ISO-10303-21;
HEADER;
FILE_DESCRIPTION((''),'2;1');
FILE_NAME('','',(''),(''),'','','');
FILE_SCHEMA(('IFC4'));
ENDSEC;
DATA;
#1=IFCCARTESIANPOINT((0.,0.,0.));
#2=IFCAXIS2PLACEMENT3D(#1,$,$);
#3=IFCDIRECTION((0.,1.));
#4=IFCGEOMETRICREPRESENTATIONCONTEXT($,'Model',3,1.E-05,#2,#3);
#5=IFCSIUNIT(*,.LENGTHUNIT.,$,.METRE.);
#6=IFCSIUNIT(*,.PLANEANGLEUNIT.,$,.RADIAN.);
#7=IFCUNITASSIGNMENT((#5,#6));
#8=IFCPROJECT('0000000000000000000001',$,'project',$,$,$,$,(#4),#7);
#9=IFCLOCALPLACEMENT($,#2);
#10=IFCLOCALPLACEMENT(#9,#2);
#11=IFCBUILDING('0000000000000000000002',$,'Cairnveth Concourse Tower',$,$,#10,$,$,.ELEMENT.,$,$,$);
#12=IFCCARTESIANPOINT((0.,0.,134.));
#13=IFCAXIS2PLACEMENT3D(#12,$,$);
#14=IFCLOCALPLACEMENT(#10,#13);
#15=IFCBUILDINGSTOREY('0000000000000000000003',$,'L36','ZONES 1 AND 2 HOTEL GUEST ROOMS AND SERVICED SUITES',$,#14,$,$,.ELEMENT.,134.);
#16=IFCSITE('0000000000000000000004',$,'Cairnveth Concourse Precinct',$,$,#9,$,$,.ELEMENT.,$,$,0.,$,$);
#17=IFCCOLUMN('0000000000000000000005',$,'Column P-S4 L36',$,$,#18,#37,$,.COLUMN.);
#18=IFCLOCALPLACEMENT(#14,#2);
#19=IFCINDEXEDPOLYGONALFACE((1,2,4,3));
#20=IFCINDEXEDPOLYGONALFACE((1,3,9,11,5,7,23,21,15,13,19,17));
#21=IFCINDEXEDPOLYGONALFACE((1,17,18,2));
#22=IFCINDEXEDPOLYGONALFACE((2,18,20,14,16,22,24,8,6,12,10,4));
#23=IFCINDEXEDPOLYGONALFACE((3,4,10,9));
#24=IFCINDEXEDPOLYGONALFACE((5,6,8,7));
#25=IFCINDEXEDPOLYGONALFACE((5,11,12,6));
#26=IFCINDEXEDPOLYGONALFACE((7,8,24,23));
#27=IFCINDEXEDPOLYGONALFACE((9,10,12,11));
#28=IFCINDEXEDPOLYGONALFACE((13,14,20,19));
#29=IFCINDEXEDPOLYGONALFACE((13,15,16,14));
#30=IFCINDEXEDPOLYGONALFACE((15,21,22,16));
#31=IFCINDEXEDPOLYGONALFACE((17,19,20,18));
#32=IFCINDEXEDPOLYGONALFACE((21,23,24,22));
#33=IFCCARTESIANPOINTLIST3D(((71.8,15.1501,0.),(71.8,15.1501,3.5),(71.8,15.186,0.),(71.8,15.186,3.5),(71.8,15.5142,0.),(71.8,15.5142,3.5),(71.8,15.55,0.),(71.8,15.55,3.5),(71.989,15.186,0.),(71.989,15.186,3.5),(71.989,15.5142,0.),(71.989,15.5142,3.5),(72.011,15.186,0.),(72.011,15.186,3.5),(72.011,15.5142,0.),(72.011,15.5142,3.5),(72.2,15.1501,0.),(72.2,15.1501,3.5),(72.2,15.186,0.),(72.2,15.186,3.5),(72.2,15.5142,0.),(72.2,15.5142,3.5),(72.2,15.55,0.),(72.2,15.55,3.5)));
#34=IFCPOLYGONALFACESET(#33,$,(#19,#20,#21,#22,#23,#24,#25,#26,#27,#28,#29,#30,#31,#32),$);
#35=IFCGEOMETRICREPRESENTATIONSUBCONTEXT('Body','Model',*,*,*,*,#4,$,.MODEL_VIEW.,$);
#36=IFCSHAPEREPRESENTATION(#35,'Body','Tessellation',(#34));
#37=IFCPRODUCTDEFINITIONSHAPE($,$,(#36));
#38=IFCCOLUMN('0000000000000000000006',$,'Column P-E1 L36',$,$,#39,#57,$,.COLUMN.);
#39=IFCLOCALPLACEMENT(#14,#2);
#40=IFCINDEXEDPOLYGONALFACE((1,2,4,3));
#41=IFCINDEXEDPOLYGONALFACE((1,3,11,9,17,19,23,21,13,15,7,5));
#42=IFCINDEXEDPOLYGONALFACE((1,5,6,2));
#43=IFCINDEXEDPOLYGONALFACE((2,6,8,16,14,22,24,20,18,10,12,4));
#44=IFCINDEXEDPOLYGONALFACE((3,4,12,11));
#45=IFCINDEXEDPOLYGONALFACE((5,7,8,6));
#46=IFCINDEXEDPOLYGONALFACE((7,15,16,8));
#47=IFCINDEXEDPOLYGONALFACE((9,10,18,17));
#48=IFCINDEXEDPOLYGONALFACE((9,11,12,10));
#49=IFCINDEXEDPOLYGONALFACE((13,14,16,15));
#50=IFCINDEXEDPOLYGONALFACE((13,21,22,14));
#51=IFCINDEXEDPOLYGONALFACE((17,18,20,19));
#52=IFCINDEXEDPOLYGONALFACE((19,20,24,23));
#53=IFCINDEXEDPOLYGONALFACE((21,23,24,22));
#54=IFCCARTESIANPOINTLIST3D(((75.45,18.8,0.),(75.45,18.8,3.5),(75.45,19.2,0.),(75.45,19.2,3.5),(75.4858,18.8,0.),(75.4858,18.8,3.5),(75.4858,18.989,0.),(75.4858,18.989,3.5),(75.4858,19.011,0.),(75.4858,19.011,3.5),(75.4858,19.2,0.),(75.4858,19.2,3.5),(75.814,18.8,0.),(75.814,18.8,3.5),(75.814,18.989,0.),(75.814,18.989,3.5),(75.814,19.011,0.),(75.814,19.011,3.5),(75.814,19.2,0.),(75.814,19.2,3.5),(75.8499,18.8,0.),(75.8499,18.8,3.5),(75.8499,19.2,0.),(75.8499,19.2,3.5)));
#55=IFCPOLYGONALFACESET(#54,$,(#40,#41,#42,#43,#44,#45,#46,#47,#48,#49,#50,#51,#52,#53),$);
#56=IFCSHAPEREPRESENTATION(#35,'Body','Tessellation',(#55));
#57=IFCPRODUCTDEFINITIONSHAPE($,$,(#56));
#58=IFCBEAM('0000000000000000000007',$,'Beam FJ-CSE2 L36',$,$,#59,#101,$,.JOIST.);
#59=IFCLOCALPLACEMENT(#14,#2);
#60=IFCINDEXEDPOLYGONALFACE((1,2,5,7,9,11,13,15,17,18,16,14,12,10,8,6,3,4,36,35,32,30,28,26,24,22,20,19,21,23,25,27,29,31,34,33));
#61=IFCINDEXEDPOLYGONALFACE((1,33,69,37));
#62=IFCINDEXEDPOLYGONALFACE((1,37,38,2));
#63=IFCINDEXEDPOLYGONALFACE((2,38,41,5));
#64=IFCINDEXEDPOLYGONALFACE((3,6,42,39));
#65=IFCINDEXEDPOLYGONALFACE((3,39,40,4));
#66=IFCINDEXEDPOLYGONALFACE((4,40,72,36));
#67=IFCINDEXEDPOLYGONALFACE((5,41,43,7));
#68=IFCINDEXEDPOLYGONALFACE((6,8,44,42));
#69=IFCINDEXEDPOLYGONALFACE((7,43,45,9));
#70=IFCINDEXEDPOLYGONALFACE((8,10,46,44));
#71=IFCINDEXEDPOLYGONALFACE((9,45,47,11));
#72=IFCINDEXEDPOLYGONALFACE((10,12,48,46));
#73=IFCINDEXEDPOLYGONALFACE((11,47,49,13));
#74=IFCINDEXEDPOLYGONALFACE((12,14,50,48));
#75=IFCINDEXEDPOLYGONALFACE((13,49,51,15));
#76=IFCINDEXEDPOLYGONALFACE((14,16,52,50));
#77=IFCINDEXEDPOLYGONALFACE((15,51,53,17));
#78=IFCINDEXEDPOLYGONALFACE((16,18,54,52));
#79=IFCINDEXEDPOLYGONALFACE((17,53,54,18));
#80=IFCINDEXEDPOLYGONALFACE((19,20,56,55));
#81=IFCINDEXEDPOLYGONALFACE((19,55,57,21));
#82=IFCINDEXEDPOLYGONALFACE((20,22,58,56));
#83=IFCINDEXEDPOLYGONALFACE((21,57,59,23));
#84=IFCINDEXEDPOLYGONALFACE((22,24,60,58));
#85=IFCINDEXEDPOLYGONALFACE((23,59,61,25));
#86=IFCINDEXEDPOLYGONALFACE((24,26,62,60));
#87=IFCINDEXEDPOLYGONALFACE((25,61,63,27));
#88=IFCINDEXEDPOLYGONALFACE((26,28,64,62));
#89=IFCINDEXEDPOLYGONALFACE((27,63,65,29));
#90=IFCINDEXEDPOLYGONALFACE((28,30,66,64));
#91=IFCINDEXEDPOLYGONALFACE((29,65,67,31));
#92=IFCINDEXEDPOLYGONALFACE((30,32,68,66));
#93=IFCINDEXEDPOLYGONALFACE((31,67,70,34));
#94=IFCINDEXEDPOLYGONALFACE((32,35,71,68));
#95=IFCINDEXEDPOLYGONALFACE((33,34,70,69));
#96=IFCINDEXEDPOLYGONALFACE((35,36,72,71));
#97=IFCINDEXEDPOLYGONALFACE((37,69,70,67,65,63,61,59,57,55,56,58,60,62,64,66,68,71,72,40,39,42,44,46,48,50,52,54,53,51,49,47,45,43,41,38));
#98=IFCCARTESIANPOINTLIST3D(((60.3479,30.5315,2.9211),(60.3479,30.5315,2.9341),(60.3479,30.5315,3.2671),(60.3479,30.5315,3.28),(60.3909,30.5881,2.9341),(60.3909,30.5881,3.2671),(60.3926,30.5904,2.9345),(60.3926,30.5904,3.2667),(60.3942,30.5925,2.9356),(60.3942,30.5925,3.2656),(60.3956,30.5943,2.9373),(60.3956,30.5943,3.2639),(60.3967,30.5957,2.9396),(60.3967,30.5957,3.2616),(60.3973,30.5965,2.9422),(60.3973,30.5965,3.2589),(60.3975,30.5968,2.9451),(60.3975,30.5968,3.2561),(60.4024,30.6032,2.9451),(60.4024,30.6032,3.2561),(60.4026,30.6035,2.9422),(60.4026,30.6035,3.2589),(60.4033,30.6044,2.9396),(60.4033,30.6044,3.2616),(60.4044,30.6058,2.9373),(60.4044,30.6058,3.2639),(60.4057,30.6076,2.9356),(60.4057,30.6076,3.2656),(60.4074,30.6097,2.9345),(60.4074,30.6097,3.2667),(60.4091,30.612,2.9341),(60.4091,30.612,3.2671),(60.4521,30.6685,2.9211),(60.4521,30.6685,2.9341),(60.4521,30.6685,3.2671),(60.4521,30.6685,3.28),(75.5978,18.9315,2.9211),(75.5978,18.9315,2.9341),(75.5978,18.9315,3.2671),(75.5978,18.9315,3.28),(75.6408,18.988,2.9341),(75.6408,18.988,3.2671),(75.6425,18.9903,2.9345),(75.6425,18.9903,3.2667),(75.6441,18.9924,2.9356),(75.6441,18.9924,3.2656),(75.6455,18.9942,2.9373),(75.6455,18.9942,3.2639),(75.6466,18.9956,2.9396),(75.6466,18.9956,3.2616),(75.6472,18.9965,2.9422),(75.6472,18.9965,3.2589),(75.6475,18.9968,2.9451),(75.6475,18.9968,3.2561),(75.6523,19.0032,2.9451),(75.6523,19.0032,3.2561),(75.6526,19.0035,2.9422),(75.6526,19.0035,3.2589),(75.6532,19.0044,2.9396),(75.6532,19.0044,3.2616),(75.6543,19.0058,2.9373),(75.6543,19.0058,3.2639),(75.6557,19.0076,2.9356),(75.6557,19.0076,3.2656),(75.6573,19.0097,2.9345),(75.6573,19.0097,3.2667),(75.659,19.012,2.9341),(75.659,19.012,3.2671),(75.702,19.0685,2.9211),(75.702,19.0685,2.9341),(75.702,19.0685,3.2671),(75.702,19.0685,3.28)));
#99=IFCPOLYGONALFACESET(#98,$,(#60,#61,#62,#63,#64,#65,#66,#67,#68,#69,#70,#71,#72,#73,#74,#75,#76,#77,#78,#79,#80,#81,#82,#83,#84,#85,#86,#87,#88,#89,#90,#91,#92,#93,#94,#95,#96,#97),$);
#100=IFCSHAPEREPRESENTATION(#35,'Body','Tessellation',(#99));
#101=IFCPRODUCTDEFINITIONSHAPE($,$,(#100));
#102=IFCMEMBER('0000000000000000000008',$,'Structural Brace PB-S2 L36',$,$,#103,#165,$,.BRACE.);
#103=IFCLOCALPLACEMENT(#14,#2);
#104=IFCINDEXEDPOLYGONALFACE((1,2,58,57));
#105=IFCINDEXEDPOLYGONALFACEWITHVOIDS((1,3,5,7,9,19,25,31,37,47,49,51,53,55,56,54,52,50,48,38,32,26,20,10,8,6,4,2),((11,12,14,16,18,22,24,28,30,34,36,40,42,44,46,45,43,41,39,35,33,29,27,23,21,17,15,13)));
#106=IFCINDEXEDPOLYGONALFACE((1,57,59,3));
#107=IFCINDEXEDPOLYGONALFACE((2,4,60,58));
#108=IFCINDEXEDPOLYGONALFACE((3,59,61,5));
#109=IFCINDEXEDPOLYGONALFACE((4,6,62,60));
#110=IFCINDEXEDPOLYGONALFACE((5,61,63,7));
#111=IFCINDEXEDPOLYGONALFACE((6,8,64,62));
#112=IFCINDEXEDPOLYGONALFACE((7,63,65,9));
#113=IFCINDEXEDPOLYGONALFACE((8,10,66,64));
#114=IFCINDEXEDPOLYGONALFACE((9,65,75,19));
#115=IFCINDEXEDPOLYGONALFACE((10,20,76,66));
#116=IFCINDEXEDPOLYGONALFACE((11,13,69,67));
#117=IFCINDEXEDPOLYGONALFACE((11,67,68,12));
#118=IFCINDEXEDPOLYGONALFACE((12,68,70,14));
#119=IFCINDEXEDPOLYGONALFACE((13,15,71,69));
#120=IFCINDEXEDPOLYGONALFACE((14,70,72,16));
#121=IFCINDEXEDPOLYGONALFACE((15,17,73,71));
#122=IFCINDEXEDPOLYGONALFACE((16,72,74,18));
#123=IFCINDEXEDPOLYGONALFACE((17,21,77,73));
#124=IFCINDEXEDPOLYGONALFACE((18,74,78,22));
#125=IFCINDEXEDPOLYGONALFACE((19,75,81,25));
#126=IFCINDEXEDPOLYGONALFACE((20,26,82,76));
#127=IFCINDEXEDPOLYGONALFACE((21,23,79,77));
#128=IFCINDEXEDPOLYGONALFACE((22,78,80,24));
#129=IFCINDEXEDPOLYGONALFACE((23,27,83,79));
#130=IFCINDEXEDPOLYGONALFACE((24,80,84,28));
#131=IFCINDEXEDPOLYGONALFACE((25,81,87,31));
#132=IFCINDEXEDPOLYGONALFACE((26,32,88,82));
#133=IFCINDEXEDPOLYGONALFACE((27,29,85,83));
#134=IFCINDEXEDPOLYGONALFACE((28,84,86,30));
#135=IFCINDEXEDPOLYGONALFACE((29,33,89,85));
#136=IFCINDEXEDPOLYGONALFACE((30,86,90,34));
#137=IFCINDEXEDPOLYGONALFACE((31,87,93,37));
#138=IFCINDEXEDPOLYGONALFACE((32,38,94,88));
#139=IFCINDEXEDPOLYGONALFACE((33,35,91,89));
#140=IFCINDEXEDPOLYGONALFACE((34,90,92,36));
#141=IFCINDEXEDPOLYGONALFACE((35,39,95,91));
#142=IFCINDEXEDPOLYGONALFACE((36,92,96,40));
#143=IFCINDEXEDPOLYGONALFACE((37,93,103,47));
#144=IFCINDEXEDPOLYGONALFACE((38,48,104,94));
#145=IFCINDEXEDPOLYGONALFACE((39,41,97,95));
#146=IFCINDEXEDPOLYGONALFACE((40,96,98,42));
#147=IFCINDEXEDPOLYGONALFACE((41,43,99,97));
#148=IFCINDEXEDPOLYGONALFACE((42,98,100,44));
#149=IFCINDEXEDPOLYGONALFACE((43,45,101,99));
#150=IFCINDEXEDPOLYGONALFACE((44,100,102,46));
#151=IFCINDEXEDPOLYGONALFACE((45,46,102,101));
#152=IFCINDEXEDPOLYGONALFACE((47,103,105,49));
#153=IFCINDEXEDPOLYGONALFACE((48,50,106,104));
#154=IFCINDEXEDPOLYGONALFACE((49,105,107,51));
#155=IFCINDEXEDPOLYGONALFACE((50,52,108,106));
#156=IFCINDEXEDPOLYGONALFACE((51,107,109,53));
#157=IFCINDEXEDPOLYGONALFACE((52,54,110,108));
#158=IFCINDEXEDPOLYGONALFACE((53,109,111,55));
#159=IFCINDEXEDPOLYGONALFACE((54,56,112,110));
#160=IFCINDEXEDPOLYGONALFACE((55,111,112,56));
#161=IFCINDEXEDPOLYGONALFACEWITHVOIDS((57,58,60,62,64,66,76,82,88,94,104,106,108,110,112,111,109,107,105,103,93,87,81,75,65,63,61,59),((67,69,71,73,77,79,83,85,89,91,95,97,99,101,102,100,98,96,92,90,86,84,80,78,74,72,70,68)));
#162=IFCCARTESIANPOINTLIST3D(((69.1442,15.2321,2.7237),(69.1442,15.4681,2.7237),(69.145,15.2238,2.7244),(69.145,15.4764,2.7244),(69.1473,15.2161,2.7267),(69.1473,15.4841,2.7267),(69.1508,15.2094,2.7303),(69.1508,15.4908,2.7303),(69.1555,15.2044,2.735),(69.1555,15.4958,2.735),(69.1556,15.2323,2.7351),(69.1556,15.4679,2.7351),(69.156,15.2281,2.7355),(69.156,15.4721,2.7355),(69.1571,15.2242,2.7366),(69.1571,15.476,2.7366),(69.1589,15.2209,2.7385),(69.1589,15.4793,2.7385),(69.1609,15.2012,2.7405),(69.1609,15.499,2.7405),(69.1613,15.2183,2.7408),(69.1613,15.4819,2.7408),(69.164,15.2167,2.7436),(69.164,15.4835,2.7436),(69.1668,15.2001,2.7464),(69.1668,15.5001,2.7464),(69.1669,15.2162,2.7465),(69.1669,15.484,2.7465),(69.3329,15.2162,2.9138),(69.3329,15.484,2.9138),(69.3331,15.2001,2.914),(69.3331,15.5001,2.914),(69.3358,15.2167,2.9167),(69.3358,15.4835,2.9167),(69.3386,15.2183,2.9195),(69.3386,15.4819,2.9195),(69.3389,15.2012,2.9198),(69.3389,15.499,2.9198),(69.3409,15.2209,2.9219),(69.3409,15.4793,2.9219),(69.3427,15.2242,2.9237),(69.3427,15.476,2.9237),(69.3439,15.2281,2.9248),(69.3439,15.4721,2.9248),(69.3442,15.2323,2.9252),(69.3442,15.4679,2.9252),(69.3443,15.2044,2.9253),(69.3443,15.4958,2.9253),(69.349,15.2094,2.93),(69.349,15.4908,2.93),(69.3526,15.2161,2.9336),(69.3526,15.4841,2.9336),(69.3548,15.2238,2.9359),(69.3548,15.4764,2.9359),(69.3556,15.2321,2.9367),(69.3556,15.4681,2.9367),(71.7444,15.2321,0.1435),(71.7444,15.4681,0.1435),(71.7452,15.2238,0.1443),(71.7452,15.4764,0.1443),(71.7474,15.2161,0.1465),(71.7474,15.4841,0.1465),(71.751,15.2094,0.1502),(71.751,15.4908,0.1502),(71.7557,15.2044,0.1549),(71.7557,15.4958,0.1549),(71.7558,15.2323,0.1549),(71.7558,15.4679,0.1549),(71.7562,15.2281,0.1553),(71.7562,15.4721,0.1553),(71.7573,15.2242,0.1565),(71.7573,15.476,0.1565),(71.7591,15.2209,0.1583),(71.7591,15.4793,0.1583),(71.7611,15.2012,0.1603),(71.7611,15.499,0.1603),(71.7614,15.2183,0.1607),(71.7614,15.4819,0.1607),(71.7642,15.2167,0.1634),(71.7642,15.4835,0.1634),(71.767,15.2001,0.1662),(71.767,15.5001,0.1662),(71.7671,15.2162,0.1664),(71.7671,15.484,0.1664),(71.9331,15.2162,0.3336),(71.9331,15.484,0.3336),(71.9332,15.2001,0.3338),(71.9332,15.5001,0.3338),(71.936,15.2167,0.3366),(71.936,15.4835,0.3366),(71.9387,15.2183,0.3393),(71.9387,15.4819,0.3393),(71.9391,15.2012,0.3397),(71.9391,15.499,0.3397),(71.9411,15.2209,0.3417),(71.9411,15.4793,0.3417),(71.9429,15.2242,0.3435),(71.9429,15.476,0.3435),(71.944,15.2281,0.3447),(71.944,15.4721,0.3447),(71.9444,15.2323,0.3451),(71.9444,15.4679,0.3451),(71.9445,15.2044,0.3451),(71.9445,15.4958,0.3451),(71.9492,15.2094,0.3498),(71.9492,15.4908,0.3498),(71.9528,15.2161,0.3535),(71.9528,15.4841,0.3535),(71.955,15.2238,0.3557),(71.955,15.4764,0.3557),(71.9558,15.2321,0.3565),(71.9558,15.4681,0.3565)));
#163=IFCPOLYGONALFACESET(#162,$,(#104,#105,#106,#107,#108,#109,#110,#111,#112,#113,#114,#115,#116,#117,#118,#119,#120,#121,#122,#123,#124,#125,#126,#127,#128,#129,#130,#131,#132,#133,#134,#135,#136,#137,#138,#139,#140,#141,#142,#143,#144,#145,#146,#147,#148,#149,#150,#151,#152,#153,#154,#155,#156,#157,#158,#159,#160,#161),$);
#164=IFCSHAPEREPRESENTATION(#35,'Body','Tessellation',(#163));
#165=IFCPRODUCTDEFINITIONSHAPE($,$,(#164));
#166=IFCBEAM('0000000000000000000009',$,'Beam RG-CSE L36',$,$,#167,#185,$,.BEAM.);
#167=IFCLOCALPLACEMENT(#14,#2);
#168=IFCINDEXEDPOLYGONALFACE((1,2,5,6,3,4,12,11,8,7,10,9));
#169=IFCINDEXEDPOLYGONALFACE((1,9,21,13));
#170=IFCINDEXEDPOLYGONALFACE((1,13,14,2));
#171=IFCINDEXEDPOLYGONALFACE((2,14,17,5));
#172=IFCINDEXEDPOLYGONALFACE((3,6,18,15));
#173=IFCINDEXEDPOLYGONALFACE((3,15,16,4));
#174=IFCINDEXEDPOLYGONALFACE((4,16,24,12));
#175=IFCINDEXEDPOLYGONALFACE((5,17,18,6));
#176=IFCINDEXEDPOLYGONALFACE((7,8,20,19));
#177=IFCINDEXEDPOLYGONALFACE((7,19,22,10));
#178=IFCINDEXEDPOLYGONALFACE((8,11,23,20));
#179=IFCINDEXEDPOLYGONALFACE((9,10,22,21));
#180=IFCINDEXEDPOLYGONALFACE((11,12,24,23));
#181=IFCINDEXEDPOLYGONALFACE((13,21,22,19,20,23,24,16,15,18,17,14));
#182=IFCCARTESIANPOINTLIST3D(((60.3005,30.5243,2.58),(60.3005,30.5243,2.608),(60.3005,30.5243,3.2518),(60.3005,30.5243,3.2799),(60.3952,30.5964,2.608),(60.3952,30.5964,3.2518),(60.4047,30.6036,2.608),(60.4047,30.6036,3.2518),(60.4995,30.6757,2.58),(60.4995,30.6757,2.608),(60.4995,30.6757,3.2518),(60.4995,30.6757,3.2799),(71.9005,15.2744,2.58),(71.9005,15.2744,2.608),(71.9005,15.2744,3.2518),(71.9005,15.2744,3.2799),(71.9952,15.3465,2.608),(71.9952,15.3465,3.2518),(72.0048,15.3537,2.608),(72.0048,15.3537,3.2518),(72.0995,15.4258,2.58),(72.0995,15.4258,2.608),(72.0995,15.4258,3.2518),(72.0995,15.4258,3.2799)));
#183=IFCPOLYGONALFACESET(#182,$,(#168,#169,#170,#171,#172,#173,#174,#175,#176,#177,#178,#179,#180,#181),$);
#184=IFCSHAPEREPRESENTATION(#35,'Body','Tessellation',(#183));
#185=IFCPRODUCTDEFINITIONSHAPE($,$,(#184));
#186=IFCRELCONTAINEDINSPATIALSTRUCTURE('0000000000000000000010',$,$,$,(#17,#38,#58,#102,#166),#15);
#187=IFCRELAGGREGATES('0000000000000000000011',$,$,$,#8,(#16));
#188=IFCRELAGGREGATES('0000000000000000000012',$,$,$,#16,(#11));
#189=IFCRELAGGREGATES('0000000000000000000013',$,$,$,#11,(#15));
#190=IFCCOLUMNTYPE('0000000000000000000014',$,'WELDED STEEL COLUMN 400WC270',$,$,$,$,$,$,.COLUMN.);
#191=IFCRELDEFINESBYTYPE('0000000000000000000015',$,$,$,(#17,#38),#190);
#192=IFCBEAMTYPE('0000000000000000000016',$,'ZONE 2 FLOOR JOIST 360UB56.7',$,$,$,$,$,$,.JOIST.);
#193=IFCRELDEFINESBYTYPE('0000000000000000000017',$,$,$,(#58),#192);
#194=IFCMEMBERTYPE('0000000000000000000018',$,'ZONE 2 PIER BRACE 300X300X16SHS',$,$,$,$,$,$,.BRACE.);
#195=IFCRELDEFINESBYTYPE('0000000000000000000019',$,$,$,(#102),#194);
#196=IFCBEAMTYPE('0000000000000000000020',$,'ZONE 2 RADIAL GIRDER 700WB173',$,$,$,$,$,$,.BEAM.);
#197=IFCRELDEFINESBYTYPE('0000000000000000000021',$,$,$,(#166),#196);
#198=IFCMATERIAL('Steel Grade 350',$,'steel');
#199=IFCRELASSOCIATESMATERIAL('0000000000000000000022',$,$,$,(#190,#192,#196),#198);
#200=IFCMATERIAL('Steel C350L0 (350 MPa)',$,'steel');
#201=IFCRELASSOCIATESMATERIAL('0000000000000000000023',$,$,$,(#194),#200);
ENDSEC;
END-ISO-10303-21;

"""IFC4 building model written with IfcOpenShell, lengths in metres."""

from ifc_helpers import new_model, si_unit, direction, frame, origin, origin_2d, place, context, subcontext, project, spatial, hollow_rectangle, i_section, extrude, material, material_profile, profile_set, type_object, element, save


model = new_model("IFC4")

# Units and contexts
model_context = context("Model", 3, precision=1e-05, world=origin(), true_north=direction((0.0, 1.0)))
body_context = subcontext(model_context, "Body", "Model", "MODEL_VIEW")
ifc_project = project(units=[si_unit("LENGTHUNIT", "METRE"), si_unit("PLANEANGLEUNIT", "RADIAN")], contexts=[model_context])

# Site, building, storey
site_placement = place(None, origin())
site = spatial("IfcSite", under=ifc_project, at=site_placement, Name="Cairnveth Concourse Precinct", CompositionType="ELEMENT", RefElevation=0.0)
building_placement = place(site_placement, origin())
building = spatial("IfcBuilding", under=site, at=building_placement, Name="Cairnveth Concourse Tower", CompositionType="ELEMENT")
storey_placement = place(building_placement, frame((0.0, 0.0, 134.0)))
storey = spatial("IfcBuildingStorey", under=building, at=storey_placement, Name="L36", Description="ZONES 1 AND 2 HOTEL GUEST ROOMS AND SERVICED SUITES", CompositionType="ELEMENT", Elevation=134.0)

# Columns
ifc_material_1 = material(Name="Steel Grade 350", Category="steel")
ifc_material_profile_1 = material_profile(ifc_material_1, i_section(OverallWidth=0.3999, OverallDepth=0.3999, WebThickness=0.022, FlangeThickness=0.0359, at=origin_2d()), Name="400WC270")
ifc_profile_set_1 = profile_set([ifc_material_profile_1], Name="Steel Grade 350")
column_type = type_object("IfcColumnType", Name="WELDED STEEL COLUMN 400WC270", PredefinedType="COLUMN", material=ifc_profile_set_1)
for number, where, z_axis, x_axis, name in (
    (1, (72.0, 15.3501, 0.0), (0.0, 0.0, 1.0), (1.0, 0.0, 0.0), "Column P-S4 L36"),
    (2, (75.6499, 19.0, 0.0), (0.0, 0.0, 1.0), (0.0, 1.0, 0.0), "Column P-E1 L36"),
):
    element("IfcColumn", number, at=place(storey_placement, frame(where, z_axis=z_axis, x_axis=x_axis)), inside=storey, type_object=column_type, Name=name, PredefinedType="COLUMN", context=body_context, shape_type="SweptSolid", body=[
        extrude(i_section(OverallWidth=0.3999, OverallDepth=0.3999, WebThickness=0.022, FlangeThickness=0.0359, at=origin_2d()), origin(), (0.0, 0.0, 1.0), 3.5),
    ])

# Beam
ifc_material_profile_2 = material_profile(ifc_material_1, i_section(OverallWidth=0.1721, OverallDepth=0.3589, WebThickness=0.0081, FlangeThickness=0.0129, FilletRadius=0.011, at=origin_2d()), Name="360UB56.7")
ifc_profile_set_2 = profile_set([ifc_material_profile_2], Name="Steel Grade 350")
beam_type_1 = type_object("IfcBeamType", Name="ZONE 2 FLOOR JOIST 360UB56.7", PredefinedType="JOIST", material=ifc_profile_set_2)
beam_1_placement = place(storey_placement, frame((75.6499, 19.0, 3.1006), z_axis=(-0.795908, 0.605417, 0.0), x_axis=(-0.605417, -0.795908, 0.0)))
element("IfcBeam", 3, at=beam_1_placement, inside=storey, type_object=beam_type_1, Name="Beam FJ-CSE2 L36", PredefinedType="JOIST", context=body_context, shape_type="SweptSolid", body=[
    extrude(i_section(OverallWidth=0.1721, OverallDepth=0.3589, WebThickness=0.0081, FlangeThickness=0.0129, FilletRadius=0.011, at=origin_2d()), origin(), (0.0, 0.0, 1.0), 19.1604),
])

# Member
ifc_material_2 = material(Name="Steel C350L0 (350 MPa)", Category="steel")
ifc_material_profile_3 = material_profile(ifc_material_2, hollow_rectangle(XDim=0.3, YDim=0.3, WallThickness=0.0161, InnerFilletRadius=0.0161, OuterFilletRadius=0.032, at=origin_2d()), Name="300x300x16.0SHS")
ifc_profile_set_3 = profile_set([ifc_material_profile_3], Name="Steel C350L0 (350 MPa)")
member_type = type_object("IfcMemberType", Name="ZONE 2 PIER BRACE 300X300X16SHS", PredefinedType="BRACE", material=ifc_profile_set_3)
member_placement = place(storey_placement, frame((71.8501, 15.3501, 0.25), z_axis=(-0.709834, 0.0, 0.704369), x_axis=(0.0, -1.0, 0.0)))
element("IfcMember", 4, at=member_placement, inside=storey, type_object=member_type, Name="Structural Brace PB-S2 L36", PredefinedType="BRACE", context=body_context, shape_type="SweptSolid", body=[
    extrude(hollow_rectangle(XDim=0.3, YDim=0.3, WallThickness=0.0161, InnerFilletRadius=0.0161, OuterFilletRadius=0.032, at=origin_2d()), origin(), (0.0, 0.0, 1.0), 3.6631),
])

# Beam
ifc_material_profile_4 = material_profile(ifc_material_1, i_section(OverallWidth=0.25, OverallDepth=0.7, WebThickness=0.012, FlangeThickness=0.0281, at=origin_2d()), Name="700WB173")
ifc_profile_set_4 = profile_set([ifc_material_profile_4], Name="Steel Grade 350")
beam_type_2 = type_object("IfcBeamType", Name="ZONE 2 RADIAL GIRDER 700WB173", PredefinedType="BEAM", material=ifc_profile_set_4)
beam_2_placement = place(storey_placement, frame((72.0, 15.3501, 2.9299), z_axis=(-0.605417, 0.795908, 0.0), x_axis=(-0.795908, -0.605417, 0.0)))
element("IfcBeam", 5, at=beam_2_placement, inside=storey, type_object=beam_type_2, Name="Beam RG-CSE L36", PredefinedType="BEAM", context=body_context, shape_type="SweptSolid", body=[
    extrude(i_section(OverallWidth=0.25, OverallDepth=0.7, WebThickness=0.012, FlangeThickness=0.0281, at=origin_2d()), origin(), (0.0, 0.0, 1.0), 19.1604),
])

save(model, "model.ifc")
